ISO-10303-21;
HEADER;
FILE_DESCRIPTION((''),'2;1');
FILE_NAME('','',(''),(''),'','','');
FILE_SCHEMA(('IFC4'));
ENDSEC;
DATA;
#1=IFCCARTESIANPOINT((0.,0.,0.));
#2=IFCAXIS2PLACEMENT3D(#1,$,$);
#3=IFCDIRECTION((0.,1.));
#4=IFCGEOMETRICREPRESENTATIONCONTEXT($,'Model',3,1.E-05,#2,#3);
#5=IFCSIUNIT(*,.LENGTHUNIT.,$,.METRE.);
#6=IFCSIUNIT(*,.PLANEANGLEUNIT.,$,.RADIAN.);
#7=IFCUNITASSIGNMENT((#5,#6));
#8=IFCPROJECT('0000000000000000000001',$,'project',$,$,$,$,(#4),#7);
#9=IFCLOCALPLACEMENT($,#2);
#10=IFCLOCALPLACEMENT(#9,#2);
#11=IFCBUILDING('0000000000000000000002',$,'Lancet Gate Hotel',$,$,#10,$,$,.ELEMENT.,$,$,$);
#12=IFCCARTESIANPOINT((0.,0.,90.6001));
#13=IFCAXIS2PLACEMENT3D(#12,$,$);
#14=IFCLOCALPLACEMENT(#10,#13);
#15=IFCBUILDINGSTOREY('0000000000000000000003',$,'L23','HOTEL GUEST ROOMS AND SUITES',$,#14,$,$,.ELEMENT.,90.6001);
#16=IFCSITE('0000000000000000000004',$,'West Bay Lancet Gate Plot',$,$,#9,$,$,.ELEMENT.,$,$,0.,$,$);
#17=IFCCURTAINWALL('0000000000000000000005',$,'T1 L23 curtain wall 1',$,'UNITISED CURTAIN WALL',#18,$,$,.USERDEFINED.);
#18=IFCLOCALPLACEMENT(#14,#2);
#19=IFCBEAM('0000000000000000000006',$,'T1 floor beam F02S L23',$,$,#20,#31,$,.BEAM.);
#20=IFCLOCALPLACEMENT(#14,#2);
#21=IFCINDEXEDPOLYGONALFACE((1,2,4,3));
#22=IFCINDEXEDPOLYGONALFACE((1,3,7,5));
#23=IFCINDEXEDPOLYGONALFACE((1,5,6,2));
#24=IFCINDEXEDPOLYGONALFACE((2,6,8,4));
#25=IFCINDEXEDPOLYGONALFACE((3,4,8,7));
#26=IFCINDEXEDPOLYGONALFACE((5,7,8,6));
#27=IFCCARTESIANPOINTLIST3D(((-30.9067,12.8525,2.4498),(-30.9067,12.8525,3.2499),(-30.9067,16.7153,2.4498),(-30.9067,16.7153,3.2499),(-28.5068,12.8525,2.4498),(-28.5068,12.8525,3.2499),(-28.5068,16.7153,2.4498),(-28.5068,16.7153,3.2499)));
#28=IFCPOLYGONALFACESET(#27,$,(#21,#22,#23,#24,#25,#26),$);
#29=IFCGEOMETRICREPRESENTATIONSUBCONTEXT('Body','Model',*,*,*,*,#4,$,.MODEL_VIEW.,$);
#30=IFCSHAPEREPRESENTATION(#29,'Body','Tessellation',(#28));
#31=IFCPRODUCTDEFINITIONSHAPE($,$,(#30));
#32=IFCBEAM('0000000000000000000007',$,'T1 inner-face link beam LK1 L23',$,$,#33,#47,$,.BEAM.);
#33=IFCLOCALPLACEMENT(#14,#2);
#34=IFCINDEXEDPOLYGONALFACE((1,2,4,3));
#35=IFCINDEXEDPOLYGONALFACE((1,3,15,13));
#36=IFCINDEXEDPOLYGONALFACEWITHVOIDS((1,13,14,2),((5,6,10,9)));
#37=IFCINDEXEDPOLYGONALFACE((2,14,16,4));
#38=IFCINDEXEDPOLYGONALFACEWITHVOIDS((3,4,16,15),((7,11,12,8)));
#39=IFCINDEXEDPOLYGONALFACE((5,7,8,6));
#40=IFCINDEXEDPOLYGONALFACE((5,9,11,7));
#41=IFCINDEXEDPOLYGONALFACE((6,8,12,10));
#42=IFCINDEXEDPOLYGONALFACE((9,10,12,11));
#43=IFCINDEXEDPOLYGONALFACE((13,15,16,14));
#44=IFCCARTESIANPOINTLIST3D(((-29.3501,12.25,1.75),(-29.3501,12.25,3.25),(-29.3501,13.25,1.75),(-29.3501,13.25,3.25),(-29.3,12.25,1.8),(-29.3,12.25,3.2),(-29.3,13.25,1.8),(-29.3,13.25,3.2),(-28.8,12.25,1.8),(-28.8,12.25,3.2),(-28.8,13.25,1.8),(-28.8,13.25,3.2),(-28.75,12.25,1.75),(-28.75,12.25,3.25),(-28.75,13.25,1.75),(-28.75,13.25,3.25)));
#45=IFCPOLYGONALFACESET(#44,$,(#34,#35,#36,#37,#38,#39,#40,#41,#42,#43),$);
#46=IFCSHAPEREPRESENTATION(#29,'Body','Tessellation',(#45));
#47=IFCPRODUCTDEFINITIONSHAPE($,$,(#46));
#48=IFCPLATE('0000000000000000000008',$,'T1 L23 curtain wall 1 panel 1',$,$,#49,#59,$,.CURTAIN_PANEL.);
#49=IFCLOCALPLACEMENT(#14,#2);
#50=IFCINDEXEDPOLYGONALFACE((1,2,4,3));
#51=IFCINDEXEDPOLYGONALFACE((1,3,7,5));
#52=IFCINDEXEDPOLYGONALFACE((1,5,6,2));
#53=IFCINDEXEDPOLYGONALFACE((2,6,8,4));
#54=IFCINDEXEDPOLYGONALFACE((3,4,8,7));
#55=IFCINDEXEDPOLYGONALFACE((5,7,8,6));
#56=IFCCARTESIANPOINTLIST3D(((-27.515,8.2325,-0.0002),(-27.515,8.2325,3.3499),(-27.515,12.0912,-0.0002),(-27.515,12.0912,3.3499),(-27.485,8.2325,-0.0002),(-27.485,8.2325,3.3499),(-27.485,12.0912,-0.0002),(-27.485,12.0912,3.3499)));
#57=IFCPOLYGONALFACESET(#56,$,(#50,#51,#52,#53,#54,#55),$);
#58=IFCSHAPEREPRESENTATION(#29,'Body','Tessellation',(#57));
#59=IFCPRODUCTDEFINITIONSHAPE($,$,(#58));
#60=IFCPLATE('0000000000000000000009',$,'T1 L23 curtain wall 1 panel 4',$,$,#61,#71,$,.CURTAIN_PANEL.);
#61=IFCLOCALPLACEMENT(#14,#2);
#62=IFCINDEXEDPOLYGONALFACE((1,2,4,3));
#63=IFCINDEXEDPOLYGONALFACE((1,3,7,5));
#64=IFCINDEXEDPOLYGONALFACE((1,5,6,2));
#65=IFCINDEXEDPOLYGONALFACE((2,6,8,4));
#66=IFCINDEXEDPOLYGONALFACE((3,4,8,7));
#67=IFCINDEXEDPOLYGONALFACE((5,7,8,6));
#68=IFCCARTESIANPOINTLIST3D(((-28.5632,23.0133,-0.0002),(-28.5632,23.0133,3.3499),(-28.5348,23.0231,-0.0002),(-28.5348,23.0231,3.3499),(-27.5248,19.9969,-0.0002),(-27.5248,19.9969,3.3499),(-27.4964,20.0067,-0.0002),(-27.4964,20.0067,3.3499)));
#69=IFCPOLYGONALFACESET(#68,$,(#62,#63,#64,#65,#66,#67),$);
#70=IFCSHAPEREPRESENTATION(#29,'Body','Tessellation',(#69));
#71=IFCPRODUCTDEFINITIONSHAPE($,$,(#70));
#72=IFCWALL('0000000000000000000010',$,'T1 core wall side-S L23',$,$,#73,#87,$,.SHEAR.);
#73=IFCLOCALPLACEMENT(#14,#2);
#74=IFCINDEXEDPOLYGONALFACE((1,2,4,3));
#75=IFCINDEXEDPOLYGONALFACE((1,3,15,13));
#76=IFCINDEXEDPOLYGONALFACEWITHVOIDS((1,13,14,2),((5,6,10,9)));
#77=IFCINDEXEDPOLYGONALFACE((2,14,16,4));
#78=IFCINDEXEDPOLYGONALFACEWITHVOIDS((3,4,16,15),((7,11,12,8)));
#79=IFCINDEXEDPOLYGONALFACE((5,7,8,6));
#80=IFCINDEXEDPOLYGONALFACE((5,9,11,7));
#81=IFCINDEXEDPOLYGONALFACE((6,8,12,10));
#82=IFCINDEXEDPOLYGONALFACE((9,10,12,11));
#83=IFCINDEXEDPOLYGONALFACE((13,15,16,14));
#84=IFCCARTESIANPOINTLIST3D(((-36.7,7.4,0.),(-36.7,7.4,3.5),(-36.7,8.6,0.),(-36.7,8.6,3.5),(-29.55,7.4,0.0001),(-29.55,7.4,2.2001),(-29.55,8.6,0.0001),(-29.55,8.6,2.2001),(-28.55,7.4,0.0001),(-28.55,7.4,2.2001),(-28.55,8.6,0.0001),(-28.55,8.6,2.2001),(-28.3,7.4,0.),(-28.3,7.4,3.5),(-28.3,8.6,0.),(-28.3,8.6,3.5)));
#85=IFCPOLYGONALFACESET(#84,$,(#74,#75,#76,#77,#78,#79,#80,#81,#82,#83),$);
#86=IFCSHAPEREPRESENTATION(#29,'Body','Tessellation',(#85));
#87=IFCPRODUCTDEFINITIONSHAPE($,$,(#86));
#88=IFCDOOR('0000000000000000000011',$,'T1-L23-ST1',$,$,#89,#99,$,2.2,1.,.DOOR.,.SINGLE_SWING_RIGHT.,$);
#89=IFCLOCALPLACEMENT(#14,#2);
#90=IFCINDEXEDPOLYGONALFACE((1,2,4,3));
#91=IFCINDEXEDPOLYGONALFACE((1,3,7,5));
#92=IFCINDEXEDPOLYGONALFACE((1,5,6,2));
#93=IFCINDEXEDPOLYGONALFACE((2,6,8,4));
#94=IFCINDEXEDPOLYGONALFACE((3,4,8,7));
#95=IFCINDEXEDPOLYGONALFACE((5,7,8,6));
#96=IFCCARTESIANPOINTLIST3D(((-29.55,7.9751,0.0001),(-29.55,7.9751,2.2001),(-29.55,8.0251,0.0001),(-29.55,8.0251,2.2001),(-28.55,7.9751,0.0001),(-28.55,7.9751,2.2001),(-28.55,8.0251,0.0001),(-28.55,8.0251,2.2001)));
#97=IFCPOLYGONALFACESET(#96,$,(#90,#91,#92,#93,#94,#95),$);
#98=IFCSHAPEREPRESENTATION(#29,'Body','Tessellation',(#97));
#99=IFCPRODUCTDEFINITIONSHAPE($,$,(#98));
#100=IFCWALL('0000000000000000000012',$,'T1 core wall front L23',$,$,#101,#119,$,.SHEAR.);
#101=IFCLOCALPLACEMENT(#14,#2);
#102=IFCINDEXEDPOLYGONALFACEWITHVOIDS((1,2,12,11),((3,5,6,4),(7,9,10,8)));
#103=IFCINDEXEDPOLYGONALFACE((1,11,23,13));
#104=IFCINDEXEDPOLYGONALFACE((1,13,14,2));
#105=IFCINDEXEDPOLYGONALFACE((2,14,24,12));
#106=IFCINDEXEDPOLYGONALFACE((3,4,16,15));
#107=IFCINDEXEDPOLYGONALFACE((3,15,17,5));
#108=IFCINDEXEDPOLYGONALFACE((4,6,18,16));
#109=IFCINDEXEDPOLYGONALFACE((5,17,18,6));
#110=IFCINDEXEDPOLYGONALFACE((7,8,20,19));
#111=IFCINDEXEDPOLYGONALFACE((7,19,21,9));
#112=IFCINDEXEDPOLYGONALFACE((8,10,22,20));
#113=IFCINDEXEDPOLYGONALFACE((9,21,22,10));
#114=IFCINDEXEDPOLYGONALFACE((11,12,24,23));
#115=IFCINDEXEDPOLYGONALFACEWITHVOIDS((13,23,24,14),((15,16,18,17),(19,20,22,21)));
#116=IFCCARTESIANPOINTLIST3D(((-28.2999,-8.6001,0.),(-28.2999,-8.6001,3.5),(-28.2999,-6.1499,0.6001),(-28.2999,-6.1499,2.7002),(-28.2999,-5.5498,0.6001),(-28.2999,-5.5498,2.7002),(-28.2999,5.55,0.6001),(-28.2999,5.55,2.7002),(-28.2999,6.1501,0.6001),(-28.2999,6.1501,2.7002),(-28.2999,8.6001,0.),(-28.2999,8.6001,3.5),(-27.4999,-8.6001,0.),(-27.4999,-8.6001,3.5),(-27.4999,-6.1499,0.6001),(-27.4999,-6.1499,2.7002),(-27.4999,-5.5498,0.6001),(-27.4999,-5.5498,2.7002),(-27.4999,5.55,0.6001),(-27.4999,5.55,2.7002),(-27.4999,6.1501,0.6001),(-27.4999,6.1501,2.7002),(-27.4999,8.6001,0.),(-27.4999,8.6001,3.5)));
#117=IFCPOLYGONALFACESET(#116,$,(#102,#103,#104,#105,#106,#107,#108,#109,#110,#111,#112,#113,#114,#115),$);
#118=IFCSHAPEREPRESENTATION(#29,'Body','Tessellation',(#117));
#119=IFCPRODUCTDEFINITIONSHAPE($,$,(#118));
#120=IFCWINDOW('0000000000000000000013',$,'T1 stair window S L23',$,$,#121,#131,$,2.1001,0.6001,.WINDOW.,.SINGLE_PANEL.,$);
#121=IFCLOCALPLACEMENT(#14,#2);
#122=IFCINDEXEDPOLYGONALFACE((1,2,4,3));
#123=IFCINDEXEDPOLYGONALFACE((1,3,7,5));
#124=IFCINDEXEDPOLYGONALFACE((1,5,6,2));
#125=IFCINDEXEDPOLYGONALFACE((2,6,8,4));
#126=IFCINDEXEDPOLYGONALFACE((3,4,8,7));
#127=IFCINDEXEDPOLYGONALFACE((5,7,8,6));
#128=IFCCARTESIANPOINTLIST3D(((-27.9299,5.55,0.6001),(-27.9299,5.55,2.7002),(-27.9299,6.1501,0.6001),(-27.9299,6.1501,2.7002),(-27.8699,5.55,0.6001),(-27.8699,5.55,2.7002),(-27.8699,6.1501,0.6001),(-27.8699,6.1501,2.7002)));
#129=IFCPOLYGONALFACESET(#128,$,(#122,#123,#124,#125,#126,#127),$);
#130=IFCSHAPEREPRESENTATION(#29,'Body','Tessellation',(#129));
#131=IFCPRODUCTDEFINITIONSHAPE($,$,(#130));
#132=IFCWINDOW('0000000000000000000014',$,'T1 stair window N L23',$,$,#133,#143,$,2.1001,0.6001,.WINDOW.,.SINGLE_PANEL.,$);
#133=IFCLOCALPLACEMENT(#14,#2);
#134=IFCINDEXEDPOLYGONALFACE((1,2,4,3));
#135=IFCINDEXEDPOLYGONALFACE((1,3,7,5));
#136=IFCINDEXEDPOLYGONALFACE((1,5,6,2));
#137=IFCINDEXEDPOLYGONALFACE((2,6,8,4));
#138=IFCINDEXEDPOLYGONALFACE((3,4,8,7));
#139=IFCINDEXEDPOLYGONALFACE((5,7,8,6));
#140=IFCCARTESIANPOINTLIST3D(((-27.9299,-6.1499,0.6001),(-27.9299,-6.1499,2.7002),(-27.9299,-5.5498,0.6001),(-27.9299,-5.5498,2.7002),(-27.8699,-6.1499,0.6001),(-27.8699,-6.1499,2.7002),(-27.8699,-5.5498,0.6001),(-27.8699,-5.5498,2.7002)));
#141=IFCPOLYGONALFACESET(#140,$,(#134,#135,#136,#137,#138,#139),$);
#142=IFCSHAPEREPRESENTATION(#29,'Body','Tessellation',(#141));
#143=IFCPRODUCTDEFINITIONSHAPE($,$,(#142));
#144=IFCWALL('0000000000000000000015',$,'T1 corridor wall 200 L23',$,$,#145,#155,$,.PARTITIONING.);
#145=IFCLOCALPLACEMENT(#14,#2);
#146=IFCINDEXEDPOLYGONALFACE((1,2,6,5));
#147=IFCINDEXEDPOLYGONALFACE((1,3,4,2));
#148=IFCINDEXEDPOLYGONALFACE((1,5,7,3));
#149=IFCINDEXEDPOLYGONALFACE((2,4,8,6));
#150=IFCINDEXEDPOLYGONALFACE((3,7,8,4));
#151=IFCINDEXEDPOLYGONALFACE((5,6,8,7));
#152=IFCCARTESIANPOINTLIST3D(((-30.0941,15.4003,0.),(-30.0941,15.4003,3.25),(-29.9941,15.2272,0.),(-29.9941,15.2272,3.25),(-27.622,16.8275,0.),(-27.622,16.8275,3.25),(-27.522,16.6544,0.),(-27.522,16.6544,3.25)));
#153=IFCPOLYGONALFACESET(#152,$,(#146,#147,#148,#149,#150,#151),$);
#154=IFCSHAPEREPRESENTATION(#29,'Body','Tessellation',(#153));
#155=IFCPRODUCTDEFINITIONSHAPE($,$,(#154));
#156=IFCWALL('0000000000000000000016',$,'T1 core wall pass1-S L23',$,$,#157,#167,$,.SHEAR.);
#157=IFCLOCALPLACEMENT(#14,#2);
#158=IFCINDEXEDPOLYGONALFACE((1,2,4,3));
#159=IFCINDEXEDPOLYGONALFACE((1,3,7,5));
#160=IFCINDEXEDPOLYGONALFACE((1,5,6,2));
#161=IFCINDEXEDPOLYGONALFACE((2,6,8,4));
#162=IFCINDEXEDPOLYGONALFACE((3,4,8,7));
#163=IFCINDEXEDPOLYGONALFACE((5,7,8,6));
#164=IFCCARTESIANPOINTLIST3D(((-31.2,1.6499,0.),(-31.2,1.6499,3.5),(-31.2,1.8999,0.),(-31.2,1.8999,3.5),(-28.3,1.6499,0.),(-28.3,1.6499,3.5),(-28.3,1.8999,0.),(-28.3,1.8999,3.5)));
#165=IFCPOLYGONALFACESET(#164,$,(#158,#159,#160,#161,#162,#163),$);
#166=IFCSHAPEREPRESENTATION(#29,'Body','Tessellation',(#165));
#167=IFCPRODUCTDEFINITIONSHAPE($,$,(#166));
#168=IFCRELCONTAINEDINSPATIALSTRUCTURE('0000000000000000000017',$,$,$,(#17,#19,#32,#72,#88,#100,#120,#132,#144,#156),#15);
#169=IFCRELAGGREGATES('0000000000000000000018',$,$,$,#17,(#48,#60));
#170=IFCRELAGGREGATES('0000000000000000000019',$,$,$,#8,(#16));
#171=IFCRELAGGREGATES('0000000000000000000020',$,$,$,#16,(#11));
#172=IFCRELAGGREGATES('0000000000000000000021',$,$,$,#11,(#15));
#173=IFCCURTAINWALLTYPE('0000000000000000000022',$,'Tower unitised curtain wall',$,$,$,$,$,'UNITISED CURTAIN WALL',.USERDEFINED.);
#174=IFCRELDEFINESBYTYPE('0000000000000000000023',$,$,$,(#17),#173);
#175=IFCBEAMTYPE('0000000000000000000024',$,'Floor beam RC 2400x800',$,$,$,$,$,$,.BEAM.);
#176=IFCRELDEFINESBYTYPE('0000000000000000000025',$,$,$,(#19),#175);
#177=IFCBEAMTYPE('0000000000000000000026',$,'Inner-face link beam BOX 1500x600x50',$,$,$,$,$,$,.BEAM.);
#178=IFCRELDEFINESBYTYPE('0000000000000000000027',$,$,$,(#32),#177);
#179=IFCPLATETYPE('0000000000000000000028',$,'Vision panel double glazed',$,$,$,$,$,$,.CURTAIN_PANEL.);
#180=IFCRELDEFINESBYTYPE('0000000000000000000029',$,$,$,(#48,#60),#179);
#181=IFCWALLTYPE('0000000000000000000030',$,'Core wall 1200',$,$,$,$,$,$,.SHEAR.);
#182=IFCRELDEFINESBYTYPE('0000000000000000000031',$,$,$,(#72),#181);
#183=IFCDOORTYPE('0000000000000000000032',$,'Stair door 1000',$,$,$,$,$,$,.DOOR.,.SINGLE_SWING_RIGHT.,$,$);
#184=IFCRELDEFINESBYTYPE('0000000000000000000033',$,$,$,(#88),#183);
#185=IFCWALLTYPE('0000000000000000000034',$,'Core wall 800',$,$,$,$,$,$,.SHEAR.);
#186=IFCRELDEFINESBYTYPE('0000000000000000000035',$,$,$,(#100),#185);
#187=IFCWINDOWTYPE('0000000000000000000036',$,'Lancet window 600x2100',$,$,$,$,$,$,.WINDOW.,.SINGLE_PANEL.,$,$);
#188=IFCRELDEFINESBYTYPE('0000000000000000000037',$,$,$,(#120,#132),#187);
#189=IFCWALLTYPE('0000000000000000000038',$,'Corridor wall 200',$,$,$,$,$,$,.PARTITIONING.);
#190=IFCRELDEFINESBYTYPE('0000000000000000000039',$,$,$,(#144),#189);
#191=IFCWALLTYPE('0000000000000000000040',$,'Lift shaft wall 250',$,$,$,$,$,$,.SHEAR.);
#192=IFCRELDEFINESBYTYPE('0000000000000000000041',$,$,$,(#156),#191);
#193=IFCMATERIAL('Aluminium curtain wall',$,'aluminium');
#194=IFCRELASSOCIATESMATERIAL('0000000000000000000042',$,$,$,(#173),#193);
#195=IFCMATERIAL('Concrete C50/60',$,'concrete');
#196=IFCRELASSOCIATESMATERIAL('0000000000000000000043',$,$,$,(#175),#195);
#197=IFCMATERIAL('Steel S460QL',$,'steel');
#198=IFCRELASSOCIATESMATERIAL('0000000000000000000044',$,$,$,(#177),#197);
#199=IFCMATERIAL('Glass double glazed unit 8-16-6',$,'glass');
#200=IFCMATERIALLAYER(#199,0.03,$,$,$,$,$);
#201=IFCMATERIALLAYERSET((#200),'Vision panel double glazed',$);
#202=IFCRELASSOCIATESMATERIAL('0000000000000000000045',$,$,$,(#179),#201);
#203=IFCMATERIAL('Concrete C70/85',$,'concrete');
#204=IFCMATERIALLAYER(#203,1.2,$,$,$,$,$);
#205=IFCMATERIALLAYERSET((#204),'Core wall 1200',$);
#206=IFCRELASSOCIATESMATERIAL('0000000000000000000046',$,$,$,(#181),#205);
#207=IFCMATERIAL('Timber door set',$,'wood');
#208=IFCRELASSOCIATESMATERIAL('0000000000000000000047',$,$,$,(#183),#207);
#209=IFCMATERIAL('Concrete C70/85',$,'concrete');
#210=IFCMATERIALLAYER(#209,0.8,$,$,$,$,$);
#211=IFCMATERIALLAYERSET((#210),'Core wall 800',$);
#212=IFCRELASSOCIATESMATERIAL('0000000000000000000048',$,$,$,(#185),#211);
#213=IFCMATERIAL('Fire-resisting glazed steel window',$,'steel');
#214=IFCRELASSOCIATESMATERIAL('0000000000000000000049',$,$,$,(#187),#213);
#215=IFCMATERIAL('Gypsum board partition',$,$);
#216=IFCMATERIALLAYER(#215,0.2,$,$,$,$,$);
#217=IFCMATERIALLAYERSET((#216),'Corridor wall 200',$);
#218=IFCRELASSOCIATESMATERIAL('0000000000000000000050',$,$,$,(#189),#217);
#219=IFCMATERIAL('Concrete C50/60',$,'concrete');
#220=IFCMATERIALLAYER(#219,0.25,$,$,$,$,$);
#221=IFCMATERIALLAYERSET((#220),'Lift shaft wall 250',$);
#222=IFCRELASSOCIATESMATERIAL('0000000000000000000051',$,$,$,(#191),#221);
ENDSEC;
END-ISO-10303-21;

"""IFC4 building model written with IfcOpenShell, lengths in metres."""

from ifc_helpers import new_model, si_unit, direction, frame, frame_2d, origin, origin_2d, place, context, subcontext, project, spatial, rectangle, hollow_rectangle, extrude, material, layer, layer_set, material_profile, profile_set, type_object, element, fill, aggregate, save


model = new_model("IFC4")

# Units and contexts
model_context = context("Model", 3, precision=1e-05, world=origin(), true_north=direction((0.0, 1.0)))
body_context = subcontext(model_context, "Body", "Model", "MODEL_VIEW")
ifc_project = project(units=[si_unit("LENGTHUNIT", "METRE"), si_unit("PLANEANGLEUNIT", "RADIAN")], contexts=[model_context])

# Site, building, storey
site_placement = place(None, origin())
site = spatial("IfcSite", under=ifc_project, at=site_placement, Name="West Bay Lancet Gate Plot", CompositionType="ELEMENT", RefElevation=0.0)
building_placement = place(site_placement, origin())
building = spatial("IfcBuilding", under=site, at=building_placement, Name="Lancet Gate Hotel", CompositionType="ELEMENT")
storey_placement = place(building_placement, frame((0.0, 0.0, 90.6001)))
storey = spatial("IfcBuildingStorey", under=building, at=storey_placement, Name="L23", Description="HOTEL GUEST ROOMS AND SUITES", CompositionType="ELEMENT", Elevation=90.6001)

# Curtain wall
ifc_material_1 = material(Name="Aluminium curtain wall", Category="aluminium")
curtain_wall_type = type_object("IfcCurtainWallType", Name="Tower unitised curtain wall", ElementType="UNITISED CURTAIN WALL", PredefinedType="USERDEFINED", material=ifc_material_1)
curtain_wall_placement = place(storey_placement, origin())
curtain_wall = element("IfcCurtainWall", 1, at=curtain_wall_placement, inside=storey, type_object=curtain_wall_type, Name="T1 L23 curtain wall 1", ObjectType="UNITISED CURTAIN WALL", PredefinedType="USERDEFINED")

# Beams
ifc_material_2 = material(Name="Concrete C50/60", Category="concrete")
ifc_material_profile_1 = material_profile(ifc_material_2, rectangle(XDim=2.3999, YDim=0.8, at=origin_2d()), Name="RC 2400x800")
ifc_profile_set_1 = profile_set([ifc_material_profile_1], Name="Concrete C50/60")
beam_type_1 = type_object("IfcBeamType", Name="Floor beam RC 2400x800", PredefinedType="BEAM", material=ifc_profile_set_1)
beam_1_placement = place(storey_placement, frame((-29.7068, 16.7153, 2.8499), z_axis=(0.0, -1.0, 0.0), x_axis=(1.0, 0.0, 0.0)))
element("IfcBeam", 2, at=beam_1_placement, inside=storey, type_object=beam_type_1, Name="T1 floor beam F02S L23", PredefinedType="BEAM", context=body_context, shape_type="SweptSolid", body=[
    extrude(rectangle(XDim=2.3999, YDim=0.8, at=origin_2d()), origin(), (0.0, 0.0, 1.0), 3.8628),
])
ifc_material_3 = material(Name="Steel S460QL", Category="steel")
ifc_material_profile_2 = material_profile(ifc_material_3, hollow_rectangle(XDim=0.6001, YDim=1.5, WallThickness=0.05, at=origin_2d()), Name="BOX 1500x600x50")
ifc_profile_set_2 = profile_set([ifc_material_profile_2], Name="Steel S460QL")
beam_type_2 = type_object("IfcBeamType", Name="Inner-face link beam BOX 1500x600x50", PredefinedType="BEAM", material=ifc_profile_set_2)
beam_2_placement = place(storey_placement, frame((-29.05, 13.25, 2.5), z_axis=(0.0, -1.0, 0.0), x_axis=(1.0, 0.0, 0.0)))
element("IfcBeam", 3, at=beam_2_placement, inside=storey, type_object=beam_type_2, Name="T1 inner-face link beam LK1 L23", PredefinedType="BEAM", context=body_context, shape_type="SweptSolid", body=[
    extrude(hollow_rectangle(XDim=0.6001, YDim=1.5, WallThickness=0.05, at=origin_2d()), origin(), (0.0, 0.0, 1.0), 1.0),
])

# Plates
ifc_material_4 = material(Name="Glass double glazed unit 8-16-6", Category="glass")
ifc_layer_1 = layer(ifc_material_4, 0.03)
ifc_layer_set_1 = layer_set([ifc_layer_1], Name="Vision panel double glazed")
plate_type = type_object("IfcPlateType", Name="Vision panel double glazed", PredefinedType="CURTAIN_PANEL", material=ifc_layer_set_1)
plate_1_placement = place(storey_placement, frame((-27.5, 10.1619, -0.0002), z_axis=(0.0, 0.0, 1.0), x_axis=(0.0, 1.0, 0.0)))
plate_1 = element("IfcPlate", 4, at=plate_1_placement, type_object=plate_type, Name="T1 L23 curtain wall 1 panel 1", PredefinedType="CURTAIN_PANEL", context=body_context, shape_type="SweptSolid", body=[
    extrude(rectangle(XDim=3.8586, YDim=0.03, at=origin_2d()), origin(), (0.0, 0.0, 1.0), 3.3501),
])
plate_2_placement = place(storey_placement, frame((-28.0298, 21.51, -0.0002), z_axis=(0.0, 0.0, 1.0), x_axis=(-0.325516, 0.945537, 0.0)))
plate_2 = element("IfcPlate", 5, at=plate_2_placement, type_object=plate_type, Name="T1 L23 curtain wall 1 panel 4", PredefinedType="CURTAIN_PANEL", context=body_context, shape_type="SweptSolid", body=[
    extrude(rectangle(XDim=3.1902, YDim=0.03, at=origin_2d()), origin(), (0.0, 0.0, 1.0), 3.3501),
])
aggregate(curtain_wall, [plate_1, plate_2])

# Wall, opening, door
ifc_material_5 = material(Name="Concrete C70/85", Category="concrete")
ifc_layer_2 = layer(ifc_material_5, 1.2)
ifc_layer_set_2 = layer_set([ifc_layer_2], Name="Core wall 1200")
wall_type_1 = type_object("IfcWallType", Name="Core wall 1200", PredefinedType="SHEAR", material=ifc_layer_set_2)
wall_1_placement = place(storey_placement, frame((-28.3, 8.0, 0.0), z_axis=(0.0, 0.0, 1.0), x_axis=(-1.0, 0.0, 0.0)))
wall_1 = element("IfcWall", 6, at=wall_1_placement, inside=storey, type_object=wall_type_1, Name="T1 core wall side-S L23", PredefinedType="SHEAR", context=body_context, shape_type="SweptSolid", body=[
    extrude(rectangle(XDim=8.3999, YDim=1.2, at=frame_2d((4.2, 0.0))), origin(), (0.0, 0.0, 1.0), 3.5),
])
opening_1_placement = place(wall_1_placement, frame((0.25, 0.0, 0.0)))
opening_1 = element("IfcOpeningElement", 7, at=opening_1_placement, cuts=wall_1, PredefinedType="OPENING", context=body_context, shape_type="SweptSolid", body=[
    extrude(rectangle(XDim=1.0, YDim=2.2, at=frame_2d((0.5, 1.1001))), frame((0.0, 0.6099, 0.0), z_axis=(0.0, -1.0, 0.0), x_axis=(1.0, 0.0, 0.0)), (0.0, 0.0, 1.0), 1.22),
])
ifc_material_6 = material(Name="Timber door set", Category="wood")
door_type = type_object("IfcDoorType", Name="Stair door 1000", OperationType="SINGLE_SWING_RIGHT", PredefinedType="DOOR", material=ifc_material_6)
door_placement = place(opening_1_placement, origin())
door = element("IfcDoor", 8, at=door_placement, inside=storey, type_object=door_type, Name="T1-L23-ST1", OperationType="SINGLE_SWING_RIGHT", OverallHeight=2.2, OverallWidth=1.0, PredefinedType="DOOR", context=body_context, shape_type="SweptSolid", body=[
    extrude(rectangle(XDim=1.0, YDim=2.2, at=frame_2d((0.5, 1.1001))), frame((0.0, 0.0249, 0.0), z_axis=(0.0, -1.0, 0.0), x_axis=(1.0, 0.0, 0.0)), (0.0, 0.0, 1.0), 0.05),
])
fill(opening_1, door)

# Wall, openings, windows
ifc_material_7 = material(Name="Concrete C70/85", Category="concrete")
ifc_layer_3 = layer(ifc_material_7, 0.8)
ifc_layer_set_3 = layer_set([ifc_layer_3], Name="Core wall 800")
wall_type_2 = type_object("IfcWallType", Name="Core wall 800", PredefinedType="SHEAR", material=ifc_layer_set_3)
wall_2_placement = place(storey_placement, frame((-27.8999, 8.6001, 0.0), z_axis=(0.0, 0.0, 1.0), x_axis=(0.0, -1.0, 0.0)))
wall_2 = element("IfcWall", 9, at=wall_2_placement, inside=storey, type_object=wall_type_2, Name="T1 core wall front L23", PredefinedType="SHEAR", context=body_context, shape_type="SweptSolid", body=[
    extrude(rectangle(XDim=17.2002, YDim=0.8, at=frame_2d((8.6001, 0.0))), origin(), (0.0, 0.0, 1.0), 3.5),
])
opening_2_placement = place(wall_2_placement, frame((2.45, 0.0, 0.6001)))
opening_2 = element("IfcOpeningElement", 10, at=opening_2_placement, cuts=wall_2, PredefinedType="OPENING", context=body_context, shape_type="SweptSolid", body=[
    extrude(rectangle(XDim=0.6001, YDim=2.1001, at=frame_2d((0.3, 1.05))), frame((0.0, 0.4099, 0.0), z_axis=(0.0, -1.0, 0.0), x_axis=(1.0, 0.0, 0.0)), (0.0, 0.0, 1.0), 0.8201),
])
opening_3_placement = place(wall_2_placement, frame((14.1499, 0.0, 0.6001)))
opening_3 = element("IfcOpeningElement", 11, at=opening_3_placement, cuts=wall_2, PredefinedType="OPENING", context=body_context, shape_type="SweptSolid", body=[
    extrude(rectangle(XDim=0.6001, YDim=2.1001, at=frame_2d((0.3, 1.05))), frame((0.0, 0.4099, 0.0), z_axis=(0.0, -1.0, 0.0), x_axis=(1.0, 0.0, 0.0)), (0.0, 0.0, 1.0), 0.8201),
])
ifc_material_8 = material(Name="Fire-resisting glazed steel window", Category="steel")
window_type = type_object("IfcWindowType", Name="Lancet window 600x2100", PartitioningType="SINGLE_PANEL", PredefinedType="WINDOW", material=ifc_material_8)
window_1_placement = place(opening_2_placement, origin())
window_1 = element("IfcWindow", 12, at=window_1_placement, inside=storey, type_object=window_type, Name="T1 stair window S L23", OverallHeight=2.1001, OverallWidth=0.6001, PartitioningType="SINGLE_PANEL", PredefinedType="WINDOW", context=body_context, shape_type="SweptSolid", body=[
    extrude(rectangle(XDim=0.6001, YDim=2.1001, at=frame_2d((0.3, 1.05))), frame((0.0, 0.03, 0.0), z_axis=(0.0, -1.0, 0.0), x_axis=(1.0, 0.0, 0.0)), (0.0, 0.0, 1.0), 0.0601),
])
fill(opening_2, window_1)
window_2_placement = place(opening_3_placement, origin())
window_2 = element("IfcWindow", 13, at=window_2_placement, inside=storey, type_object=window_type, Name="T1 stair window N L23", OverallHeight=2.1001, OverallWidth=0.6001, PartitioningType="SINGLE_PANEL", PredefinedType="WINDOW", context=body_context, shape_type="SweptSolid", body=[
    extrude(rectangle(XDim=0.6001, YDim=2.1001, at=frame_2d((0.3, 1.05))), frame((0.0, 0.03, 0.0), z_axis=(0.0, -1.0, 0.0), x_axis=(1.0, 0.0, 0.0)), (0.0, 0.0, 1.0), 0.0601),
])
fill(opening_3, window_2)

# Walls
ifc_material_9 = material(Name="Gypsum board partition")
ifc_layer_4 = layer(ifc_material_9, 0.2)
ifc_layer_set_4 = layer_set([ifc_layer_4], Name="Corridor wall 200")
wall_type_3 = type_object("IfcWallType", Name="Corridor wall 200", PredefinedType="PARTITIONING", material=ifc_layer_set_4)
wall_3_placement = place(storey_placement, frame((-27.572, 16.741, 0.0), z_axis=(0.0, 0.0, 1.0), x_axis=(-0.866035, -0.499984, 0.0)))
element("IfcWall", 14, at=wall_3_placement, inside=storey, type_object=wall_type_3, Name="T1 corridor wall 200 L23", PredefinedType="PARTITIONING", context=body_context, shape_type="SweptSolid", body=[
    extrude(rectangle(XDim=2.8545, YDim=0.2, at=frame_2d((1.4272, 0.0))), origin(), (0.0, 0.0, 1.0), 3.25),
])
ifc_material_10 = material(Name="Concrete C50/60", Category="concrete")
ifc_layer_5 = layer(ifc_material_10, 0.25)
ifc_layer_set_5 = layer_set([ifc_layer_5], Name="Lift shaft wall 250")
wall_type_4 = type_object("IfcWallType", Name="Lift shaft wall 250", PredefinedType="SHEAR", material=ifc_layer_set_5)
wall_4_placement = place(storey_placement, frame((-28.3, 1.7749, 0.0), z_axis=(0.0, 0.0, 1.0), x_axis=(-1.0, 0.0, 0.0)))
element("IfcWall", 15, at=wall_4_placement, inside=storey, type_object=wall_type_4, Name="T1 core wall pass1-S L23", PredefinedType="SHEAR", context=body_context, shape_type="SweptSolid", body=[
    extrude(rectangle(XDim=2.8999, YDim=0.25, at=frame_2d((1.45, 0.0))), origin(), (0.0, 0.0, 1.0), 3.5),
])

save(model, "model.ifc")
